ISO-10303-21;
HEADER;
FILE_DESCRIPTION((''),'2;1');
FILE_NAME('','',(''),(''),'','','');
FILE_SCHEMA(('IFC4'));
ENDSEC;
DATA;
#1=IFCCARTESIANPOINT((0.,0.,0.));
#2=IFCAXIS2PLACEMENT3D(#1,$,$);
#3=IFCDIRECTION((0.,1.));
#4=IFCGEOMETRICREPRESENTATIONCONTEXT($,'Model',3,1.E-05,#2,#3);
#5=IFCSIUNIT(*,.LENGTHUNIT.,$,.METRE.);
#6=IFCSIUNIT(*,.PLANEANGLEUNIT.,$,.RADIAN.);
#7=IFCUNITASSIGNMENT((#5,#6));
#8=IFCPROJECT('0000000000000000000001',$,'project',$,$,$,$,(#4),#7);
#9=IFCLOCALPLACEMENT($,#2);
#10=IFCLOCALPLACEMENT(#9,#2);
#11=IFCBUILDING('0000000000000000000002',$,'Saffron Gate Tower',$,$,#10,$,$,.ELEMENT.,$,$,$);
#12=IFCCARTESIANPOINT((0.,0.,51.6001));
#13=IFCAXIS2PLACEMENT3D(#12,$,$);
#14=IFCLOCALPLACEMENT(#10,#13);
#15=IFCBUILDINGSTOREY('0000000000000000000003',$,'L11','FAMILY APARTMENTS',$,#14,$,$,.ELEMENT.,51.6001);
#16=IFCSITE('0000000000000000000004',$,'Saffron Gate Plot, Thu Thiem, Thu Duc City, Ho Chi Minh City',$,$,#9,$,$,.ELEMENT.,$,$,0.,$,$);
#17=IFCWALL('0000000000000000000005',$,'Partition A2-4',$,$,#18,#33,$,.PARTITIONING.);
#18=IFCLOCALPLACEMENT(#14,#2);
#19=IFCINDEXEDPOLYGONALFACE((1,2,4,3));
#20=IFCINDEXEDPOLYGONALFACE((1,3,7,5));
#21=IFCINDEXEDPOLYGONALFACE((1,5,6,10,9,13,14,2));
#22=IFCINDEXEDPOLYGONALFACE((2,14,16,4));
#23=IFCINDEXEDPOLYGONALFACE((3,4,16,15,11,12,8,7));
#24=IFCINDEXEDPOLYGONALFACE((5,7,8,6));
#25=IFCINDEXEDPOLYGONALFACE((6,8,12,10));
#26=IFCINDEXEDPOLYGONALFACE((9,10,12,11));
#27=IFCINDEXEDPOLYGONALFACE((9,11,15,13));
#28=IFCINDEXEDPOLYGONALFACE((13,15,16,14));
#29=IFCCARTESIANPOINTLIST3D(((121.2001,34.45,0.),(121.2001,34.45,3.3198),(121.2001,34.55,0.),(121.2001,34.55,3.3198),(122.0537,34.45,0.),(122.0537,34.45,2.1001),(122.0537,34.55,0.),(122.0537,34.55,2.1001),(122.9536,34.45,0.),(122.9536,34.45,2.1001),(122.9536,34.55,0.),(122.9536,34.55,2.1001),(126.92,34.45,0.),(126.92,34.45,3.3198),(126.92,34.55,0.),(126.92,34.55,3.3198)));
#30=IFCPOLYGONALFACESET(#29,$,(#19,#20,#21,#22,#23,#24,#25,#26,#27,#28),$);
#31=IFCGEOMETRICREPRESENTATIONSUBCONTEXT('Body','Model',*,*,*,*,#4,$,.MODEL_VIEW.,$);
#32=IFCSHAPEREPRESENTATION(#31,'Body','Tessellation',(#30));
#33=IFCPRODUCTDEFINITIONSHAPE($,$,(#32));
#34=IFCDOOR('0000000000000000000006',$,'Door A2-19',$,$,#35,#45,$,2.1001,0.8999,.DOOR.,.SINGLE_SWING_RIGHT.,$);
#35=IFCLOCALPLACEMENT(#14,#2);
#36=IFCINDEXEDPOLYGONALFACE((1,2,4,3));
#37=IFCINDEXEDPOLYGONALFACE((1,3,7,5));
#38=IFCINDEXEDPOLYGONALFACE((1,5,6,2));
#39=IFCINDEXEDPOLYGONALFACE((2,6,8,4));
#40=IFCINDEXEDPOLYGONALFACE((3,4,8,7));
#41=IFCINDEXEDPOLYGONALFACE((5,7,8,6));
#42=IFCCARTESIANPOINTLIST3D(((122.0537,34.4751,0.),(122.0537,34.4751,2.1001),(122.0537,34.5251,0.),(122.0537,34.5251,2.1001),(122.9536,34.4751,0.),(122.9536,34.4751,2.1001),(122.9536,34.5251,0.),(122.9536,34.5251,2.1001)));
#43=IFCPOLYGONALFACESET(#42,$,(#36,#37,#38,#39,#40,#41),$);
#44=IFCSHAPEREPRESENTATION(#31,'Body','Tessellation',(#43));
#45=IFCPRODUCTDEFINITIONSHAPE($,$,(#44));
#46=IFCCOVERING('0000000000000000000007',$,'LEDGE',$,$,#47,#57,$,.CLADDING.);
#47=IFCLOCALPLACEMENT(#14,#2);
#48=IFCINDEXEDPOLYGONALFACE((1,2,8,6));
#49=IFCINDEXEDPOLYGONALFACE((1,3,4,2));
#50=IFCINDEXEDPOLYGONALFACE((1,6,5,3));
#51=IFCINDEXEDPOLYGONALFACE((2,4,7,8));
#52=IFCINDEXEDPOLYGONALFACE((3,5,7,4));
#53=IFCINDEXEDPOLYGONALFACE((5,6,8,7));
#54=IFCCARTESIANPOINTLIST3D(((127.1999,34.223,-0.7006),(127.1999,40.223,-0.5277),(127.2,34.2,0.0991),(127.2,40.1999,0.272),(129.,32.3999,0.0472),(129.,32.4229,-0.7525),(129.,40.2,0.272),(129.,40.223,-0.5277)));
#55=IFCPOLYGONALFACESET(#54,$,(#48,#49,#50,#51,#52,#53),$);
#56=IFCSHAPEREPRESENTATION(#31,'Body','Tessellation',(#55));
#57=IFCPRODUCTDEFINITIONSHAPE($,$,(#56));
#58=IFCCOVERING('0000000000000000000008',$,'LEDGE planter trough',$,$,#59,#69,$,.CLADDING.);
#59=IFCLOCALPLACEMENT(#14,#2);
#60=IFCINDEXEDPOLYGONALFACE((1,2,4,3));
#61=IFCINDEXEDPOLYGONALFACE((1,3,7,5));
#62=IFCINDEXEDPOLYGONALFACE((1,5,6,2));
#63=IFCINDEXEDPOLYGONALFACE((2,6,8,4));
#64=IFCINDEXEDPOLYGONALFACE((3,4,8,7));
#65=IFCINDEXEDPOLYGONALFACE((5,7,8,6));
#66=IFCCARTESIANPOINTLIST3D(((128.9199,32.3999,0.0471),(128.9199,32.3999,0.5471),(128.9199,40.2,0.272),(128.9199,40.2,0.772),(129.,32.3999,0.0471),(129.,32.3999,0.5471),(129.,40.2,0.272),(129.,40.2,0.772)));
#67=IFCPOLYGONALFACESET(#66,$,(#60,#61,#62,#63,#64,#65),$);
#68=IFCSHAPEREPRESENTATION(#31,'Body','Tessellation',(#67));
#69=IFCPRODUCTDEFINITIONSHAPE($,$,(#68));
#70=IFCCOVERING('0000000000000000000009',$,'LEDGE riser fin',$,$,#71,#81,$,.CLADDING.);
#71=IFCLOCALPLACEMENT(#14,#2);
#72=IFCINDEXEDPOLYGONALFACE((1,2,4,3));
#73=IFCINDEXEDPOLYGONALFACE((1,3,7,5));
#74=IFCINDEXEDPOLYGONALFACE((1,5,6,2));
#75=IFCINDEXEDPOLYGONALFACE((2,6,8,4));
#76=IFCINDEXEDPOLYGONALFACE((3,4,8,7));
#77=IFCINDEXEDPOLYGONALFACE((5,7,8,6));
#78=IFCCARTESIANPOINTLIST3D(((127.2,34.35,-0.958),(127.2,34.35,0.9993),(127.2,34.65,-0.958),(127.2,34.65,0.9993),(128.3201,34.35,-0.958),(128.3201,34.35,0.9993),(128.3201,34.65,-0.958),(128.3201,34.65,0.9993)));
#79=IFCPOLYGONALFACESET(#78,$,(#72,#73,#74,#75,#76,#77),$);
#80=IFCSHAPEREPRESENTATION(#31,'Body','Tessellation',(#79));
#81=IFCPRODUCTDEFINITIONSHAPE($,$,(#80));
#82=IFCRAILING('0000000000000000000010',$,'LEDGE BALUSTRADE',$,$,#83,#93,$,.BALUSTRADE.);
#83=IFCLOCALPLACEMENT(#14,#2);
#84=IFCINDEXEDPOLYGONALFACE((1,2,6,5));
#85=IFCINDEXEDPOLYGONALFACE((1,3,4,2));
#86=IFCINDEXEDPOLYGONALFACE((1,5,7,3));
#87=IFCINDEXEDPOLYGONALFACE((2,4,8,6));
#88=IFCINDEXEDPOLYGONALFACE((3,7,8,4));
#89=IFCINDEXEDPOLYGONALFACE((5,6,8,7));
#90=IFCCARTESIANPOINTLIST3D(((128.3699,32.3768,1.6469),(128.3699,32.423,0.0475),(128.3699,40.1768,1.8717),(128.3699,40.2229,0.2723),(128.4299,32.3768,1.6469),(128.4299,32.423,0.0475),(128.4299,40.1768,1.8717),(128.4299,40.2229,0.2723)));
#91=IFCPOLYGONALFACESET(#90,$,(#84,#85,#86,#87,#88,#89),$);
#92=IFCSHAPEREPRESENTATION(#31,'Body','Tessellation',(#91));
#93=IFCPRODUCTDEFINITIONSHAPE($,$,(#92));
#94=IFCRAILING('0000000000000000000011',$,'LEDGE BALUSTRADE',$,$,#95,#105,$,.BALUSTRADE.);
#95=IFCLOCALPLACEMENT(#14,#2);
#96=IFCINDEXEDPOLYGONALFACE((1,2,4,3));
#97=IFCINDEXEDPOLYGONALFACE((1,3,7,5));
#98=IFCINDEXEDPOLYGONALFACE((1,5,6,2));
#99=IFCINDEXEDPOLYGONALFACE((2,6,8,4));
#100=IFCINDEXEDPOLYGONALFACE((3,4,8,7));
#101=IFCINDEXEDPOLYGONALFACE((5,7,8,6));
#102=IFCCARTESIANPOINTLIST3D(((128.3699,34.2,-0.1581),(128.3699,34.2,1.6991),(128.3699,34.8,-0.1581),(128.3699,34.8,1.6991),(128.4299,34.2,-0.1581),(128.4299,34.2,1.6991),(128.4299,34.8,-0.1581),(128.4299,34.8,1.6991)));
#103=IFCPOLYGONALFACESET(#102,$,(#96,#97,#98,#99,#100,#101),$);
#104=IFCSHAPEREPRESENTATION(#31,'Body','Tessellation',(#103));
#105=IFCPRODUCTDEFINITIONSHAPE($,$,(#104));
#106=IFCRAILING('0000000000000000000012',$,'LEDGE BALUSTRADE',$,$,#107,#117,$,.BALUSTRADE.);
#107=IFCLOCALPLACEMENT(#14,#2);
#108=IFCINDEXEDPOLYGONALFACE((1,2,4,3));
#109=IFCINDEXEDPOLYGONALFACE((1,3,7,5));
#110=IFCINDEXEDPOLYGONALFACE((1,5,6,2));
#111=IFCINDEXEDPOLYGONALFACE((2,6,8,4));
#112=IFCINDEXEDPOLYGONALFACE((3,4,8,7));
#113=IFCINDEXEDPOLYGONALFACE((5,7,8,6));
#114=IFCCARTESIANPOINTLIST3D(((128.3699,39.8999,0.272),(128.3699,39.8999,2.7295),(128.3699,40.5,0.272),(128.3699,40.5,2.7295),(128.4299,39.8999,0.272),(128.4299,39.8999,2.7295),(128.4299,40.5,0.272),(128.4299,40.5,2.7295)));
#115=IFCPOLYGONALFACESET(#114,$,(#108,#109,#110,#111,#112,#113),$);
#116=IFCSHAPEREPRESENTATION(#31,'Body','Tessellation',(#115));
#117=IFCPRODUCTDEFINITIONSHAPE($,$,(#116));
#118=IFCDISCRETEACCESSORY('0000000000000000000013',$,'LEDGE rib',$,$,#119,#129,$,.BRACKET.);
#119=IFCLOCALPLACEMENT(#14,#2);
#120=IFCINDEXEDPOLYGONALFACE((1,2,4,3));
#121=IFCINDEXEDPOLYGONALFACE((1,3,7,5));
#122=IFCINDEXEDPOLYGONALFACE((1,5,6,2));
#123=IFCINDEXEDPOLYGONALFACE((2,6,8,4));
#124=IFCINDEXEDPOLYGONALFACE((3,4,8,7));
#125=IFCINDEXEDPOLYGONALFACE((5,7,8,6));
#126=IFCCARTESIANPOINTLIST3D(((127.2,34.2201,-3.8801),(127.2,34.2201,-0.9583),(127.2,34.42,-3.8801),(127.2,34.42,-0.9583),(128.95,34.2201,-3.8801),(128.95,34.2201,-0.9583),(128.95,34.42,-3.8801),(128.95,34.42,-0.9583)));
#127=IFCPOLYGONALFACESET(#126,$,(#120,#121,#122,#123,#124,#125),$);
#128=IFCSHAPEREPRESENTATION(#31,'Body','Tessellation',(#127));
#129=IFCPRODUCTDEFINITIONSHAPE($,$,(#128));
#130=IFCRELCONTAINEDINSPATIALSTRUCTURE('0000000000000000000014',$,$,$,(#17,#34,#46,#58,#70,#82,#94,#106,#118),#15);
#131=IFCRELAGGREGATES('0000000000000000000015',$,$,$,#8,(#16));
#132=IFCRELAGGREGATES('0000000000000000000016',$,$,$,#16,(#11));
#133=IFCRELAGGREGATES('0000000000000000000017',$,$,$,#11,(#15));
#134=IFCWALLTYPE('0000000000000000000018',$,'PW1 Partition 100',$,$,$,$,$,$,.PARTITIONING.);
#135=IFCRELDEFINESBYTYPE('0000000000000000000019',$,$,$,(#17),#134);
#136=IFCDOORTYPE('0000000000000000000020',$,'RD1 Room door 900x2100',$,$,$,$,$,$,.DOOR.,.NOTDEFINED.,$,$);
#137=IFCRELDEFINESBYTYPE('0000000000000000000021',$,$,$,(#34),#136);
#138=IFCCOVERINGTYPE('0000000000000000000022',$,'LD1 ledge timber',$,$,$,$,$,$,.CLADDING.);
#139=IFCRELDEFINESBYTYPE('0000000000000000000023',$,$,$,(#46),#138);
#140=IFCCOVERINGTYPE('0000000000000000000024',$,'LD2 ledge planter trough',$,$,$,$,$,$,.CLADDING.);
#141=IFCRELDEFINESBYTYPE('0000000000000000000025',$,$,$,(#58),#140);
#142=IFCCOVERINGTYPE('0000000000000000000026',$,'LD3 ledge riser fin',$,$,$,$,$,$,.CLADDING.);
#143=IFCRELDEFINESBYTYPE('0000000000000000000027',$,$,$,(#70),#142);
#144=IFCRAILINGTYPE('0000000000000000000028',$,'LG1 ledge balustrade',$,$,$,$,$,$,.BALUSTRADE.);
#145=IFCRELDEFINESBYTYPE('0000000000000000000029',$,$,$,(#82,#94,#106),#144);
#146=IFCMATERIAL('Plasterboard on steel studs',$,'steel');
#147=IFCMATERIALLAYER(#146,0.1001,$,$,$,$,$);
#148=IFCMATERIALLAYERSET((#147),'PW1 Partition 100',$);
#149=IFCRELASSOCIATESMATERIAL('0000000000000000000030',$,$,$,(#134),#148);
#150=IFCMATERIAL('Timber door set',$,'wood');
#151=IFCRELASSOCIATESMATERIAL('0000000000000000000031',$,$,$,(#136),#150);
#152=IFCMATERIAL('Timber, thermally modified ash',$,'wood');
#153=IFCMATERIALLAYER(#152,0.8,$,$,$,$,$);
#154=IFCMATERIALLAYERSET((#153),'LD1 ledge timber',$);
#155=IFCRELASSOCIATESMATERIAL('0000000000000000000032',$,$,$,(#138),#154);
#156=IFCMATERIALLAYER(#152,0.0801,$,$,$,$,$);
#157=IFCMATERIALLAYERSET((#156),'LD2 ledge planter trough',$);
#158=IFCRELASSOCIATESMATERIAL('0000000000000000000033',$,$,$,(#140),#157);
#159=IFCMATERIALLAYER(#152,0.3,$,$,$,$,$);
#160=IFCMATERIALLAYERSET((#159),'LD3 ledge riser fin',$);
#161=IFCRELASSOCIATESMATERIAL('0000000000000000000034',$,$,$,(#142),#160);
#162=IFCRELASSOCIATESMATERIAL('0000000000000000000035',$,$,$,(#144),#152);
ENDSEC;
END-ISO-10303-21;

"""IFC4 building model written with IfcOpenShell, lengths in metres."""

from ifc_helpers import new_model, si_unit, direction, frame, frame_2d, origin, origin_2d, place, context, subcontext, project, spatial, polyline, rectangle, outline, extrude, material, layer, layer_set, type_object, element, fill, save


model = new_model("IFC4")

# Units and contexts
model_context = context("Model", 3, precision=1e-05, world=origin(), true_north=direction((0.0, 1.0)))
body_context = subcontext(model_context, "Body", "Model", "MODEL_VIEW")
ifc_project = project(units=[si_unit("LENGTHUNIT", "METRE"), si_unit("PLANEANGLEUNIT", "RADIAN")], contexts=[model_context])

# Site, building, storey
site_placement = place(None, origin())
site = spatial("IfcSite", under=ifc_project, at=site_placement, Name="Saffron Gate Plot, Thu Thiem, Thu Duc City, Ho Chi Minh City", CompositionType="ELEMENT", RefElevation=0.0)
building_placement = place(site_placement, origin())
building = spatial("IfcBuilding", under=site, at=building_placement, Name="Saffron Gate Tower", CompositionType="ELEMENT")
storey_placement = place(building_placement, frame((0.0, 0.0, 51.6001)))
storey = spatial("IfcBuildingStorey", under=building, at=storey_placement, Name="L11", Description="FAMILY APARTMENTS", CompositionType="ELEMENT", Elevation=51.6001)

# Wall, opening, door
ifc_material_1 = material(Name="Plasterboard on steel studs", Category="steel")
ifc_layer_1 = layer(ifc_material_1, 0.1001)
ifc_layer_set_1 = layer_set([ifc_layer_1], Name="PW1 Partition 100")
wall_type = type_object("IfcWallType", Name="PW1 Partition 100", PredefinedType="PARTITIONING", material=ifc_layer_set_1)
wall_placement = place(storey_placement, frame((126.9199, 34.5, 0.0), z_axis=(0.0, 0.0, 1.0), x_axis=(-1.0, 0.0, 0.0)))
wall = element("IfcWall", 1, at=wall_placement, inside=storey, type_object=wall_type, Name="Partition A2-4", PredefinedType="PARTITIONING", context=body_context, shape_type="SweptSolid", body=[
    extrude(rectangle(XDim=5.72, YDim=0.1001, at=frame_2d((2.8599, 0.0))), origin(), (0.0, 0.0, 1.0), 3.3198),
])
opening_1_placement = place(wall_placement, frame((3.9663, 0.0, 0.0)))
opening_1 = element("IfcOpeningElement", 2, at=opening_1_placement, cuts=wall, PredefinedType="OPENING", context=body_context, shape_type="SweptSolid", body=[
    extrude(rectangle(XDim=0.8999, YDim=2.1001, at=frame_2d((0.45, 1.05))), frame((0.0, 0.0601, 0.0), z_axis=(0.0, -1.0, 0.0), x_axis=(1.0, 0.0, 0.0)), (0.0, 0.0, 1.0), 0.1201),
])
ifc_material_2 = material(Name="Timber door set", Category="wood")
door_type = type_object("IfcDoorType", Name="RD1 Room door 900x2100", OperationType="NOTDEFINED", PredefinedType="DOOR", material=ifc_material_2)
door_placement = place(opening_1_placement, origin())
door = element("IfcDoor", 3, at=door_placement, inside=storey, type_object=door_type, Name="Door A2-19", OperationType="SINGLE_SWING_RIGHT", OverallHeight=2.1001, OverallWidth=0.8999, PredefinedType="DOOR", context=body_context, shape_type="SweptSolid", body=[
    extrude(rectangle(XDim=0.8999, YDim=2.1001, at=frame_2d((0.45, 1.05))), frame((0.0, 0.0249, 0.0), z_axis=(0.0, -1.0, 0.0), x_axis=(1.0, 0.0, 0.0)), (0.0, 0.0, 1.0), 0.05),
])
fill(opening_1, door)

# Coverings
ifc_material_3 = material(Name="Timber, thermally modified ash", Category="wood")
ifc_layer_2 = layer(ifc_material_3, 0.8)
ifc_layer_set_2 = layer_set([ifc_layer_2], Name="LD1 ledge timber")
covering_type_1 = type_object("IfcCoveringType", Name="LD1 ledge timber", PredefinedType="CLADDING", material=ifc_layer_set_2)
covering_1_placement = place(storey_placement, frame((127.2, 34.2, 0.0991), z_axis=(0.000035, -0.028807, 0.999585), x_axis=(0.0, 0.999585, 0.028807)))
element("IfcCovering", 4, at=covering_1_placement, inside=storey, type_object=covering_type_1, Name="LEDGE", PredefinedType="CLADDING", context=body_context, shape_type="SweptSolid", body=[
    extrude(outline(polyline([(0.0, 0.0), (6.0025, 0.0), (6.0025, -1.8), (-1.8008, -1.8), (0.0, 0.0)])), origin(), (0.0, 0.0, -1.0), 0.8),
])
ifc_layer_3 = layer(ifc_material_3, 0.0801)
ifc_layer_set_3 = layer_set([ifc_layer_3], Name="LD2 ledge planter trough")
covering_type_2 = type_object("IfcCoveringType", Name="LD2 ledge planter trough", PredefinedType="CLADDING", material=ifc_layer_set_3)
covering_2_placement = place(storey_placement, frame((129.0, 32.3999, 0.0471), z_axis=(1.0, 0.0, 0.0), x_axis=(0.0, 0.999585, 0.028815)))
element("IfcCovering", 5, at=covering_2_placement, inside=storey, type_object=covering_type_2, Name="LEDGE planter trough", PredefinedType="CLADDING", context=body_context, shape_type="SweptSolid", body=[
    extrude(outline(polyline([(0.0, 0.0), (7.8033, 0.0), (7.8177, 0.4998), (0.0144, 0.4998), (0.0, 0.0)])), origin(), (0.0, 0.0, -1.0), 0.0801),
])
ifc_layer_4 = layer(ifc_material_3, 0.3)
ifc_layer_set_4 = layer_set([ifc_layer_4], Name="LD3 ledge riser fin")
covering_type_3 = type_object("IfcCoveringType", Name="LD3 ledge riser fin", PredefinedType="CLADDING", material=ifc_layer_set_4)
covering_3_placement = place(storey_placement, frame((127.76, 34.5, -0.958), z_axis=(0.0, 0.0, 1.0), x_axis=(0.0, 1.0, 0.0)))
element("IfcCovering", 6, at=covering_3_placement, inside=storey, type_object=covering_type_3, Name="LEDGE riser fin", PredefinedType="CLADDING", context=body_context, shape_type="SweptSolid", body=[
    extrude(rectangle(XDim=0.3, YDim=1.1201, at=origin_2d()), origin(), (0.0, 0.0, 1.0), 1.9573),
])

# Railings
railing_type = type_object("IfcRailingType", Name="LG1 ledge balustrade", PredefinedType="BALUSTRADE", material=ifc_material_3)
railing_1_placement = place(storey_placement, frame((128.3999, 32.3999, 0.0471)))
element("IfcRailing", 7, at=railing_1_placement, inside=storey, type_object=railing_type, Name="LEDGE BALUSTRADE", PredefinedType="BALUSTRADE", context=body_context, shape_type="SweptSolid", body=[
    extrude(rectangle(XDim=0.0601, YDim=1.6001, at=origin_2d()), frame((0.0, 0.0, 0.8), z_axis=(0.0, 0.999585, 0.028815), x_axis=(-1.0, 0.0, 0.0)), (0.0, 0.0, 1.0), 7.8032),
])
railing_2_placement = place(storey_placement, frame((128.3999, 34.2, -0.1582)))
element("IfcRailing", 8, at=railing_2_placement, inside=storey, type_object=railing_type, Name="LEDGE BALUSTRADE", PredefinedType="BALUSTRADE", context=body_context, shape_type="SweptSolid", body=[
    extrude(rectangle(XDim=0.0601, YDim=1.8572, at=origin_2d()), frame((0.0, 0.0, 0.9287), z_axis=(0.0, 1.0, 0.0), x_axis=(-1.0, 0.0, 0.0)), (0.0, 0.0, 1.0), 0.6001),
])
railing_3_placement = place(storey_placement, frame((128.3999, 39.8999, 0.272)))
element("IfcRailing", 9, at=railing_3_placement, inside=storey, type_object=railing_type, Name="LEDGE BALUSTRADE", PredefinedType="BALUSTRADE", context=body_context, shape_type="SweptSolid", body=[
    extrude(rectangle(XDim=0.0601, YDim=2.4575, at=origin_2d()), frame((0.0, 0.0, 1.2288), z_axis=(0.0, 1.0, 0.0), x_axis=(-1.0, 0.0, 0.0)), (0.0, 0.0, 1.0), 0.6001),
])

# Discrete accessory
discrete_accessory_placement = place(storey_placement, frame((128.075, 34.3201, -3.8801), z_axis=(0.0, 0.0, 1.0), x_axis=(0.0, 1.0, 0.0)))
element("IfcDiscreteAccessory", 10, at=discrete_accessory_placement, inside=storey, Name="LEDGE rib", PredefinedType="BRACKET", context=body_context, shape_type="SweptSolid", body=[
    extrude(rectangle(XDim=0.2, YDim=1.75, at=origin_2d()), origin(), (0.0, 0.0, 1.0), 2.9219),
])

save(model, "model.ifc")
